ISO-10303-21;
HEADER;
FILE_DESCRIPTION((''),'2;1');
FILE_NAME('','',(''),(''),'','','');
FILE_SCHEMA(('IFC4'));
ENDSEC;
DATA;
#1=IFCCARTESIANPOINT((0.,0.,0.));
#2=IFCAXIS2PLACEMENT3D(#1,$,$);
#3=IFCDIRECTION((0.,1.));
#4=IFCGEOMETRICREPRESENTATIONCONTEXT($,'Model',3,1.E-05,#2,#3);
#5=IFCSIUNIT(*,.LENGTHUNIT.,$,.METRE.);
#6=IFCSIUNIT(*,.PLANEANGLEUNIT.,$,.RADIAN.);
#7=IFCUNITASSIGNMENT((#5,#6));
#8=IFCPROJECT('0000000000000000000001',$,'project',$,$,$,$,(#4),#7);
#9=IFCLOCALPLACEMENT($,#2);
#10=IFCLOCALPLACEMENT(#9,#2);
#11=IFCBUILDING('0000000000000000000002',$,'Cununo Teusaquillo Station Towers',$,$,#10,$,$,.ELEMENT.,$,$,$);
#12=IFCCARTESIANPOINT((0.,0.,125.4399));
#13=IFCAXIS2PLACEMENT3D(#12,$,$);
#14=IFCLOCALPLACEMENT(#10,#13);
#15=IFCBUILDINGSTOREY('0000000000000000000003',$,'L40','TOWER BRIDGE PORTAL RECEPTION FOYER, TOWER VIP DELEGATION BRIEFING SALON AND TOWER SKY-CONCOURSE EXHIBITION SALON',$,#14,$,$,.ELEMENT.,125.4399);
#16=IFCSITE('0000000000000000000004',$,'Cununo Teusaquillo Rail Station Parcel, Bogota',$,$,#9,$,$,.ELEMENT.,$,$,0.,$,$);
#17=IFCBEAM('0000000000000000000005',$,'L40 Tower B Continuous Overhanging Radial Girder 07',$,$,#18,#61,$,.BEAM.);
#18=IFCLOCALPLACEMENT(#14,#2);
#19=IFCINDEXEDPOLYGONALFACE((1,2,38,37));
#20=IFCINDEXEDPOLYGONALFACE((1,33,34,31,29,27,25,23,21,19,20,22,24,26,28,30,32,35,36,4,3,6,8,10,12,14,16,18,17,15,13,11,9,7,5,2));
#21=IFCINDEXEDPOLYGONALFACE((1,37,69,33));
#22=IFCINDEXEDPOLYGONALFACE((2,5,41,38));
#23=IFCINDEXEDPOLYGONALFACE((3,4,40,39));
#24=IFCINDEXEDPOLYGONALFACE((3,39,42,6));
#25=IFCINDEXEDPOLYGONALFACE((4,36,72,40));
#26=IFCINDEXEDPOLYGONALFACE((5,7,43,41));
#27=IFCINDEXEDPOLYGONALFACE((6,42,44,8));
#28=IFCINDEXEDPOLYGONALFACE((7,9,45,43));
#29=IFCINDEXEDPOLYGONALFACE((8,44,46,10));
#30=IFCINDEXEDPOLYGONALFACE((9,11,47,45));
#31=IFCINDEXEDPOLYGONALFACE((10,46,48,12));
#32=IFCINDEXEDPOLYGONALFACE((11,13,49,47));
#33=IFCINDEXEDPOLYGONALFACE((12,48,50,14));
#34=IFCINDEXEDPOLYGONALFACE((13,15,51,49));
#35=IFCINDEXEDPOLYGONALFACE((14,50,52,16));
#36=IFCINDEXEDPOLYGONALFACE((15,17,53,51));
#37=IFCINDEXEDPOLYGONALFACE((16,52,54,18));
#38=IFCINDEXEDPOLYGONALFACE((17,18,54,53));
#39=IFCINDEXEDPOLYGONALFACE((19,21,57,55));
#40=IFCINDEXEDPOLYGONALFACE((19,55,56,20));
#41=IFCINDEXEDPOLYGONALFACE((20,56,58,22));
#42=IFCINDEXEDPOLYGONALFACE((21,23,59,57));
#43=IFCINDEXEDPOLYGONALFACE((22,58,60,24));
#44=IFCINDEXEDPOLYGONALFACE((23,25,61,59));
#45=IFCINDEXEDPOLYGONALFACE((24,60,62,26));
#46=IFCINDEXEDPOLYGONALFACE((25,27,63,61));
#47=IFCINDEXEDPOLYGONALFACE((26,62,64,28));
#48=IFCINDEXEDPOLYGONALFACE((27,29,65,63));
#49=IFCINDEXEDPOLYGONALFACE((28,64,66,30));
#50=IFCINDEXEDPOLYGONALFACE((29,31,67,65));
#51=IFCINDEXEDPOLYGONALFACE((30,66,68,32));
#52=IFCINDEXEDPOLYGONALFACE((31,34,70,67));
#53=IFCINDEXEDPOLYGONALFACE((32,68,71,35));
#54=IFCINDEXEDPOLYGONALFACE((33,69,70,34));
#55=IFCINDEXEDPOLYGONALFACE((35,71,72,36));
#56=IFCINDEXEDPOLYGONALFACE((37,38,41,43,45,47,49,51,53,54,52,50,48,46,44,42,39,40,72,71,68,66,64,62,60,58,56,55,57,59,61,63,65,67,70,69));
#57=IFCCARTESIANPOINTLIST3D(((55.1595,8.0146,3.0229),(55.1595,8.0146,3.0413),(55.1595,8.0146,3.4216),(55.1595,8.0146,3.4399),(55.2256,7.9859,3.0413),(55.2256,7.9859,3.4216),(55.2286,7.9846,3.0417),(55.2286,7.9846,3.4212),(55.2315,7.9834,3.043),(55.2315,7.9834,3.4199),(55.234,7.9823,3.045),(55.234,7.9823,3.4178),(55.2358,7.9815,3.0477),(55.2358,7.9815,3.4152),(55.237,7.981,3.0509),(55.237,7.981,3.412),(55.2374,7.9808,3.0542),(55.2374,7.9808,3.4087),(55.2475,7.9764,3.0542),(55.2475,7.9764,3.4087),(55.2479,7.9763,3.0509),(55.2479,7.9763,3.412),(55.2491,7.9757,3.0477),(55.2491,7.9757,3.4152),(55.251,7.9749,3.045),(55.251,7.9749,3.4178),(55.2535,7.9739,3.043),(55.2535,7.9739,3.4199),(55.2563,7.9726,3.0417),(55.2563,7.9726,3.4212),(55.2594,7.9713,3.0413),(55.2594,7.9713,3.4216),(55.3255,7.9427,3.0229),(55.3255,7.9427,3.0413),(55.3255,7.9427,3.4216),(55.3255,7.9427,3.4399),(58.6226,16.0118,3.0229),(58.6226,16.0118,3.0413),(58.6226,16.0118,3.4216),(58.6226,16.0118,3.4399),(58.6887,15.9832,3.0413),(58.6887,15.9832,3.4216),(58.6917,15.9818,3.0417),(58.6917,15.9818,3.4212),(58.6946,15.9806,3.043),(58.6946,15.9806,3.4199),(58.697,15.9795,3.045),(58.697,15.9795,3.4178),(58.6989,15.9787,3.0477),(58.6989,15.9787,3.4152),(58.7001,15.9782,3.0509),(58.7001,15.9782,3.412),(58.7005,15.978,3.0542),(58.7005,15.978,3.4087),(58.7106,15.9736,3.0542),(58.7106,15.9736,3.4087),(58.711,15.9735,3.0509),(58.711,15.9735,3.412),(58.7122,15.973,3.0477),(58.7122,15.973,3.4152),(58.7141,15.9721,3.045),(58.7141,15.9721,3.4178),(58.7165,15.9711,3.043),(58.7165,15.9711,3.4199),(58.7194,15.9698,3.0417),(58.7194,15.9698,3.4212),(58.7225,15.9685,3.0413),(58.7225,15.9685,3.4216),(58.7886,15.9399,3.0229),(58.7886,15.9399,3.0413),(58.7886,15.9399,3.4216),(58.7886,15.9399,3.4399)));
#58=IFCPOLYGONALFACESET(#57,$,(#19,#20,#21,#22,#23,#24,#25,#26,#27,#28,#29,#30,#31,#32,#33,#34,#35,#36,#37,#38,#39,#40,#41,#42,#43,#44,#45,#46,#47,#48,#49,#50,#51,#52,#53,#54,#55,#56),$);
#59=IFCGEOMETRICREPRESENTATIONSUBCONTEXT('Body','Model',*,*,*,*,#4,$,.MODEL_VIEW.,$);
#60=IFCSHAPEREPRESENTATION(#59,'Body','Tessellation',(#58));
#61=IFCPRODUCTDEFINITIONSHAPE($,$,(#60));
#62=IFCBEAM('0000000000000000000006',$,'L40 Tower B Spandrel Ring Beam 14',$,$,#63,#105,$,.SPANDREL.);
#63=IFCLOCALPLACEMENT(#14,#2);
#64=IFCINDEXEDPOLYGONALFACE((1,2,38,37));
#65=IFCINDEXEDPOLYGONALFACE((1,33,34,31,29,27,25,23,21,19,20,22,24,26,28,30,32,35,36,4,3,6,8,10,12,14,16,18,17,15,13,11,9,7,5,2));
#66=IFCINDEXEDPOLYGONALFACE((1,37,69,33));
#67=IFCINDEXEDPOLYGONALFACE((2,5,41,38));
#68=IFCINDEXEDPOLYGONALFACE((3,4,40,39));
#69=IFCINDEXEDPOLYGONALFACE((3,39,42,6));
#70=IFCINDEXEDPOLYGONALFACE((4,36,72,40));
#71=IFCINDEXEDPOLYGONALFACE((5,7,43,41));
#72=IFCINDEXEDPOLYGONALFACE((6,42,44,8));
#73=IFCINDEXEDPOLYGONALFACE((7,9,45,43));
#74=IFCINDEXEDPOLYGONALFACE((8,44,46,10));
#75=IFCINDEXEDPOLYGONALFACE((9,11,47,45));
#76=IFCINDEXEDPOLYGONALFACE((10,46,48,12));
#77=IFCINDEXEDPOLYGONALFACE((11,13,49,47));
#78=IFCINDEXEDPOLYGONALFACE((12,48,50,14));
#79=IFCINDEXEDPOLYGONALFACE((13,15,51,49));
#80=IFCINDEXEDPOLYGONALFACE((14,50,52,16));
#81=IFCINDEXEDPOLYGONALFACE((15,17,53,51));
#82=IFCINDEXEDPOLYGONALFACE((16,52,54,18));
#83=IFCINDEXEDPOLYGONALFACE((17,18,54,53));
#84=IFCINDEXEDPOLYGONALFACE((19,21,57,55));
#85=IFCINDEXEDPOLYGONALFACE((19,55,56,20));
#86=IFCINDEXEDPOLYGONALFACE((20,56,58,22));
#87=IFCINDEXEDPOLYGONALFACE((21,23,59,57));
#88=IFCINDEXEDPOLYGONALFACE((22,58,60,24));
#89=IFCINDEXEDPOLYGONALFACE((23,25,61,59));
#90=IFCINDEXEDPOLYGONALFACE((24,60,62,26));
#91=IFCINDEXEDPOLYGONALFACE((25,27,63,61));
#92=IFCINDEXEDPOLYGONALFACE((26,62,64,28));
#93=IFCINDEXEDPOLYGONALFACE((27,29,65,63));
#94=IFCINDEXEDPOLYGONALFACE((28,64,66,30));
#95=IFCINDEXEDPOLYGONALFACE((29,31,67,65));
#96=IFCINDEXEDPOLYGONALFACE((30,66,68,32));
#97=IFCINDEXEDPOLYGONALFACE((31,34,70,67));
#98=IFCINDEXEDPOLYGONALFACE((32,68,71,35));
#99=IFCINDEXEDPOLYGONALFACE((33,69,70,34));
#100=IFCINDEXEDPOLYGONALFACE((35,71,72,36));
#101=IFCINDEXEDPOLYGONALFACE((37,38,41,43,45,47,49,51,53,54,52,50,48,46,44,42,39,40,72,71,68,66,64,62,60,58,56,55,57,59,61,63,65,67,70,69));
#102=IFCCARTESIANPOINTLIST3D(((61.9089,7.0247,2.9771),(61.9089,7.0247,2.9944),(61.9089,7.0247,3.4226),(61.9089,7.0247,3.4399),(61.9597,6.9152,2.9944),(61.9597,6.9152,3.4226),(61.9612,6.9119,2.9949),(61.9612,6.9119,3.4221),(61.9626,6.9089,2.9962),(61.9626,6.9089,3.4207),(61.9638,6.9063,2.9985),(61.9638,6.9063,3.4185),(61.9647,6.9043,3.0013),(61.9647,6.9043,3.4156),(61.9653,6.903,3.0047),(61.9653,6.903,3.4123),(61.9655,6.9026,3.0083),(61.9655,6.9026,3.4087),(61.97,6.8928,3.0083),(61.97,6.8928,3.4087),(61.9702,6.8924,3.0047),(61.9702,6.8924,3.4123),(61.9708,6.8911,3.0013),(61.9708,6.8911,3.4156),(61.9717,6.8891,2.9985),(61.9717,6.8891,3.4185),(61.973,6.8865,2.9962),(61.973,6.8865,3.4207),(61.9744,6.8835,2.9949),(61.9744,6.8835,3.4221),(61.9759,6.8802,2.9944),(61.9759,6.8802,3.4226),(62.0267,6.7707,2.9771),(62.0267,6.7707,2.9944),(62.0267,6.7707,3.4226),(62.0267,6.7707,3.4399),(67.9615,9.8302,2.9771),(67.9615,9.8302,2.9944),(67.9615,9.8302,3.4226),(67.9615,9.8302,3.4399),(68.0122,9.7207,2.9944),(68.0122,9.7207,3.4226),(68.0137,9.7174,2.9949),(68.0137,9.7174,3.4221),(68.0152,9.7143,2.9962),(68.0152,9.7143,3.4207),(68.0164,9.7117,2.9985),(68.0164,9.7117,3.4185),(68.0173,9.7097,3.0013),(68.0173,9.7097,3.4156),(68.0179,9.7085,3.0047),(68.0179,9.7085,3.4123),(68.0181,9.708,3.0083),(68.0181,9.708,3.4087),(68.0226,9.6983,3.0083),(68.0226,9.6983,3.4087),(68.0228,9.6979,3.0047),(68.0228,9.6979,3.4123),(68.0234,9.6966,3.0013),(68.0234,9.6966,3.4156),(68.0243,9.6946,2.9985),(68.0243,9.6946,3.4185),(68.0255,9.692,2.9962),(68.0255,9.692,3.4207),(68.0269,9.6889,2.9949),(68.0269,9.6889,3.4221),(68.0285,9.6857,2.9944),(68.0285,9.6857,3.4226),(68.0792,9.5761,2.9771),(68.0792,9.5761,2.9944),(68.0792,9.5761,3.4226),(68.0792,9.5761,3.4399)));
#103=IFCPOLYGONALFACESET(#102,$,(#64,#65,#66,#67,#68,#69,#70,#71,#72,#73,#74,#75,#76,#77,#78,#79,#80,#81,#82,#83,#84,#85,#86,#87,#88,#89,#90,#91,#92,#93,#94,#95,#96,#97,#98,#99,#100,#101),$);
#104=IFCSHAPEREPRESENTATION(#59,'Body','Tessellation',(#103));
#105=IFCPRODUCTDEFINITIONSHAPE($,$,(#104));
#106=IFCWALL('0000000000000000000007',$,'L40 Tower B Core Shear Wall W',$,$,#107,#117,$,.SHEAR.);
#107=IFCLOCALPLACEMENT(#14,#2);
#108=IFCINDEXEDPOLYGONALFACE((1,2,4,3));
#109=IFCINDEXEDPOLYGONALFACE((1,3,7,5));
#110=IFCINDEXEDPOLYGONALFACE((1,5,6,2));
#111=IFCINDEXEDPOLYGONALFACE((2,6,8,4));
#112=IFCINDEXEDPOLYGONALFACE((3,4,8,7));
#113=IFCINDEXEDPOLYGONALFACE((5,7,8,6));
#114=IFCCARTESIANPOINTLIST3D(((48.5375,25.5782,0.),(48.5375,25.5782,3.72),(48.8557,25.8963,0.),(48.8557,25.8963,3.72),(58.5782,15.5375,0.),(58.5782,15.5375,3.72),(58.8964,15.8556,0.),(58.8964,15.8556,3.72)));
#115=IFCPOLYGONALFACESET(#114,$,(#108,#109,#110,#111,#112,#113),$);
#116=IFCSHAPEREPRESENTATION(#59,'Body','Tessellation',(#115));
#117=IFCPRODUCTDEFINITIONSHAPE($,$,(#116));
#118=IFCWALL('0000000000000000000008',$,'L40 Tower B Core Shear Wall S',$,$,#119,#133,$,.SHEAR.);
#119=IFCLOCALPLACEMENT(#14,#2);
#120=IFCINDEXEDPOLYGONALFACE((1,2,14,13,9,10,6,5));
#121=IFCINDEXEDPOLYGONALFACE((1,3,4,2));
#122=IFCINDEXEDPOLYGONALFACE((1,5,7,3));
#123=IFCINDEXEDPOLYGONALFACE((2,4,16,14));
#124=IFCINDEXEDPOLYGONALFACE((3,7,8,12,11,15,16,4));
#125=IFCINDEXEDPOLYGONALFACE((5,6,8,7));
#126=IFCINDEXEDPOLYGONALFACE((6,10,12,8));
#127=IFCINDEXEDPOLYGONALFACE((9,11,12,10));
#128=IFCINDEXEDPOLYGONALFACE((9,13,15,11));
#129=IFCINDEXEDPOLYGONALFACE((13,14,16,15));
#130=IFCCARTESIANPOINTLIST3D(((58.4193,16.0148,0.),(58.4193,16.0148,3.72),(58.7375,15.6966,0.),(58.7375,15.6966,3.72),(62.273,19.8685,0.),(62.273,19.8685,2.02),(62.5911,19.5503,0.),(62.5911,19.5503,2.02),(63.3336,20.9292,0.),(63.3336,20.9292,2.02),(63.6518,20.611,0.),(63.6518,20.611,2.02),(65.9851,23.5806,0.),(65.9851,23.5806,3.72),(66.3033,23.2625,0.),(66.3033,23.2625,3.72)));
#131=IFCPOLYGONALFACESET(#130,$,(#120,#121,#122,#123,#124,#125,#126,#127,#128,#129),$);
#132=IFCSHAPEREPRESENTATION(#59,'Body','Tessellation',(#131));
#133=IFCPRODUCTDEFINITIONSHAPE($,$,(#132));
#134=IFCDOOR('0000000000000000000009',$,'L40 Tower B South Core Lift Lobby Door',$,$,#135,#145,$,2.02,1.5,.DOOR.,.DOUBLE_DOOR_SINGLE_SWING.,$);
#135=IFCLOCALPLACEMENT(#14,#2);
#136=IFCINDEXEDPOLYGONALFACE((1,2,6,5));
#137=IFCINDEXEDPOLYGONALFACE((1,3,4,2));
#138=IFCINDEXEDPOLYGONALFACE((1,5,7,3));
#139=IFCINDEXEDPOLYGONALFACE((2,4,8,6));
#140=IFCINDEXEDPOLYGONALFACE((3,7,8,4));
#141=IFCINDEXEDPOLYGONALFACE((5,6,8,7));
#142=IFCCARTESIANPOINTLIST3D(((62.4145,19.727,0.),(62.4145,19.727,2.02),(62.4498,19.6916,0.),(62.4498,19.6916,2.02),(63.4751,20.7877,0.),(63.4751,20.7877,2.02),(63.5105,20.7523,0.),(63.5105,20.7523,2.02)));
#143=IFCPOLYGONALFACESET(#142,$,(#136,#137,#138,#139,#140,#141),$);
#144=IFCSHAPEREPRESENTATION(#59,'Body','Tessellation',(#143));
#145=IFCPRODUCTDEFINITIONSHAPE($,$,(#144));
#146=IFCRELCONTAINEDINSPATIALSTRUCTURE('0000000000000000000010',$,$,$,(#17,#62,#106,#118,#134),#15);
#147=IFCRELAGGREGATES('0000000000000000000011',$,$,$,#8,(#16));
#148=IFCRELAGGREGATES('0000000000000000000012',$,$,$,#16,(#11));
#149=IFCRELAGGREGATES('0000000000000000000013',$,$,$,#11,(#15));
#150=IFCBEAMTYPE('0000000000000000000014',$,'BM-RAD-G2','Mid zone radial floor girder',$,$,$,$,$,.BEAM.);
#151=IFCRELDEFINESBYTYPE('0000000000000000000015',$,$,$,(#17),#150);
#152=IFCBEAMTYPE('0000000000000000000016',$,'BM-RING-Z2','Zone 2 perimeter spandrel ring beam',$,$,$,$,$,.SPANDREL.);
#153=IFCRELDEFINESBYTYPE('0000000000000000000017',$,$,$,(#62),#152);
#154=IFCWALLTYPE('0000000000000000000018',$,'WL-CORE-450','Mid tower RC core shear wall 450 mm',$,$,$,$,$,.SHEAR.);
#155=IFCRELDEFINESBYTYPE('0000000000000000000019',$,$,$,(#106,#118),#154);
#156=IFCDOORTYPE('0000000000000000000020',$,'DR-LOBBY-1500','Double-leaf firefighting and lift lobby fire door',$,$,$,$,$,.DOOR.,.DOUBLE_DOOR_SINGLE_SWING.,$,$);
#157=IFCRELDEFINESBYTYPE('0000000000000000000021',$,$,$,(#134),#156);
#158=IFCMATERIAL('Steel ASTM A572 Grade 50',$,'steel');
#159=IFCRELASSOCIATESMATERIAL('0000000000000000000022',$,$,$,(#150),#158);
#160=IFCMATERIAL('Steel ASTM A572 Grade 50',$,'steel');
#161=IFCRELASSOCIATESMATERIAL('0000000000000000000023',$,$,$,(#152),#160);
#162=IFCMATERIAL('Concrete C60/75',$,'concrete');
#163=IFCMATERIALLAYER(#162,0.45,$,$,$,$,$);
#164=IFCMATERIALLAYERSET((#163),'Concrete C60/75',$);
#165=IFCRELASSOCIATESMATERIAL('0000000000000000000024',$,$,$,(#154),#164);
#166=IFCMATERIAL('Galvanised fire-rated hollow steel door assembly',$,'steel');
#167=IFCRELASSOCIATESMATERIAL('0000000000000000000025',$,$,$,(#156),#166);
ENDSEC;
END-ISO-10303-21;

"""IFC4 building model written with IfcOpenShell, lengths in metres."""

from ifc_helpers import new_model, si_unit, direction, frame, frame_2d, origin, origin_2d, place, context, subcontext, project, spatial, rectangle, i_section, extrude, source, transform, mapped, material, layer, layer_set, material_profile, profile_set, type_object, element, fill, save


model = new_model("IFC4")

# Units and contexts
model_context = context("Model", 3, precision=1e-05, world=origin(), true_north=direction((0.0, 1.0)))
body_context = subcontext(model_context, "Body", "Model", "MODEL_VIEW")
ifc_project = project(units=[si_unit("LENGTHUNIT", "METRE"), si_unit("PLANEANGLEUNIT", "RADIAN")], contexts=[model_context])

# Site, building, storey
site_placement = place(None, origin())
site = spatial("IfcSite", under=ifc_project, at=site_placement, Name="Cununo Teusaquillo Rail Station Parcel, Bogota", CompositionType="ELEMENT", RefElevation=0.0)
building_placement = place(site_placement, origin())
building = spatial("IfcBuilding", under=site, at=building_placement, Name="Cununo Teusaquillo Station Towers", CompositionType="ELEMENT")
storey_placement = place(building_placement, frame((0.0, 0.0, 125.4399)))
storey = spatial("IfcBuildingStorey", under=building, at=storey_placement, Name="L40", Description="TOWER BRIDGE PORTAL RECEPTION FOYER, TOWER VIP DELEGATION BRIEFING SALON AND TOWER SKY-CONCOURSE EXHIBITION SALON", CompositionType="ELEMENT", Elevation=125.4399)

# Beams
ifc_material_1 = material(Name="Steel ASTM A572 Grade 50", Category="steel")
ifc_material_profile_1 = material_profile(ifc_material_1, i_section(OverallWidth=0.1809, OverallDepth=0.417, WebThickness=0.011, FlangeThickness=0.0183, FilletRadius=0.0129, at=origin_2d()), Name="W16X57")
ifc_profile_set_1 = profile_set([ifc_material_profile_1], Name="Steel ASTM A572 Grade 50")
beam_type_1 = type_object("IfcBeamType", Name="BM-RAD-G2", Description="Mid zone radial floor girder", PredefinedType="BEAM", material=ifc_profile_set_1)
beam_1_placement = place(storey_placement, frame((58.7056, 15.9758, 3.2314), z_axis=(-0.397379, -0.917655, 0.0), x_axis=(0.917655, -0.397379, 0.0)))
element("IfcBeam", 1, at=beam_1_placement, inside=storey, type_object=beam_type_1, Name="L40 Tower B Continuous Overhanging Radial Girder 07", PredefinedType="BEAM", context=body_context, shape_type="SweptSolid", body=[
    extrude(i_section(OverallWidth=0.1809, OverallDepth=0.417, WebThickness=0.011, FlangeThickness=0.0183, FilletRadius=0.0129, at=origin_2d()), origin(), (0.0, 0.0, 1.0), 8.7148),
])
ifc_material_2 = material(Name="Steel ASTM A572 Grade 50", Category="steel")
ifc_material_profile_2 = material_profile(ifc_material_2, i_section(OverallWidth=0.28, OverallDepth=0.4629, WebThickness=0.0107, FlangeThickness=0.0173, FilletRadius=0.0139, at=origin_2d()), Name="W18X76")
ifc_profile_set_2 = profile_set([ifc_material_profile_2], Name="Steel ASTM A572 Grade 50")
beam_type_2 = type_object("IfcBeamType", Name="BM-RING-Z2", Description="Zone 2 perimeter spandrel ring beam", PredefinedType="SPANDREL", material=ifc_profile_set_2)
beam_2_placement = place(storey_placement, frame((61.9678, 6.8977, 3.2085), z_axis=(0.907276, 0.420536, 0.0), x_axis=(-0.420536, 0.907276, 0.0)))
element("IfcBeam", 2, at=beam_2_placement, inside=storey, type_object=beam_type_2, Name="L40 Tower B Spandrel Ring Beam 14", PredefinedType="SPANDREL", context=body_context, shape_type="SweptSolid", body=[
    extrude(i_section(OverallWidth=0.28, OverallDepth=0.4629, WebThickness=0.0107, FlangeThickness=0.0173, FilletRadius=0.0139, at=origin_2d()), origin(), (0.0, 0.0, 1.0), 6.6711),
])

# Wall
ifc_material_3 = material(Name="Concrete C60/75", Category="concrete")
ifc_layer_1 = layer(ifc_material_3, 0.45)
ifc_layer_set_1 = layer_set([ifc_layer_1], Name="Concrete C60/75")
wall_type_1 = type_object("IfcWallType", Name="WL-CORE-450", Description="Mid tower RC core shear wall 450 mm", PredefinedType="SHEAR", material=ifc_layer_set_1)
wall_1_placement = place(storey_placement, frame((58.7373, 15.6965, 0.0), z_axis=(0.0, 0.0, 1.0), x_axis=(-0.707107, 0.707107, 0.0)))
element("IfcWall", 3, at=wall_1_placement, inside=storey, type_object=wall_type_1, Name="L40 Tower B Core Shear Wall W", PredefinedType="SHEAR", context=body_context, shape_type="SweptSolid", body=[
    extrude(rectangle(XDim=14.1997, YDim=0.45, at=frame_2d((7.0999, 0.0))), origin(), (0.0, 0.0, 1.0), 3.72),
])

# Wall, opening, door
wall_2_placement = place(storey_placement, frame((58.5784, 15.8557, 0.0), z_axis=(0.0, 0.0, 1.0), x_axis=(0.707107, 0.707107, 0.0)))
wall_2 = element("IfcWall", 4, at=wall_2_placement, inside=storey, type_object=wall_type_1, Name="L40 Tower B Core Shear Wall S", PredefinedType="SHEAR", context=body_context, shape_type="SweptSolid", body=[
    extrude(rectangle(XDim=10.6997, YDim=0.45, at=frame_2d((5.3499, 0.0))), origin(), (0.0, 0.0, 1.0), 3.72),
])
shared_shape_1 = source(origin(), body_context, "Body", "SweptSolid", [
    extrude(rectangle(XDim=1.5, YDim=2.02, at=frame_2d((0.75, 1.01))), frame((0.0, 0.2349, 0.0), z_axis=(0.0, -1.0, 0.0), x_axis=(1.0, 0.0, 0.0)), (0.0, 0.0, 1.0), 0.47),
])
opening_1_placement = place(wall_2_placement, frame((5.45, 0.0, 0.0)))
opening_1 = element("IfcOpeningElement", 5, at=opening_1_placement, cuts=wall_2, PredefinedType="OPENING", context=body_context, shape_type="MappedRepresentation", body=[
    mapped(shared_shape_1, transform((0.0, 0.0, 0.0), x_axis=(1.0, 0.0, 0.0), y_axis=(0.0, 1.0, 0.0), z_axis=(0.0, 0.0, 1.0), scale=1.0)),
])
ifc_material_4 = material(Name="Galvanised fire-rated hollow steel door assembly", Category="steel")
door_type_1 = type_object("IfcDoorType", Name="DR-LOBBY-1500", Description="Double-leaf firefighting and lift lobby fire door", OperationType="DOUBLE_DOOR_SINGLE_SWING", PredefinedType="DOOR", material=ifc_material_4)
shared_shape_2 = source(origin(), body_context, "Body", "SweptSolid", [
    extrude(rectangle(XDim=1.5, YDim=2.02, at=frame_2d((0.75, 1.01))), frame((0.0, 0.0249, 0.0), z_axis=(0.0, -1.0, 0.0), x_axis=(1.0, 0.0, 0.0)), (0.0, 0.0, 1.0), 0.05),
])
door_1_placement = place(opening_1_placement, origin())
door_1 = element("IfcDoor", 6, at=door_1_placement, inside=storey, type_object=door_type_1, Name="L40 Tower B South Core Lift Lobby Door", OperationType="DOUBLE_DOOR_SINGLE_SWING", OverallHeight=2.02, OverallWidth=1.5, PredefinedType="DOOR", context=body_context, shape_type="MappedRepresentation", body=[
    mapped(shared_shape_2, transform((0.0, 0.0, 0.0), x_axis=(1.0, 0.0, 0.0), y_axis=(0.0, 1.0, 0.0), z_axis=(0.0, 0.0, 1.0), scale=1.0)),
])
fill(opening_1, door_1)

save(model, "model.ifc")
